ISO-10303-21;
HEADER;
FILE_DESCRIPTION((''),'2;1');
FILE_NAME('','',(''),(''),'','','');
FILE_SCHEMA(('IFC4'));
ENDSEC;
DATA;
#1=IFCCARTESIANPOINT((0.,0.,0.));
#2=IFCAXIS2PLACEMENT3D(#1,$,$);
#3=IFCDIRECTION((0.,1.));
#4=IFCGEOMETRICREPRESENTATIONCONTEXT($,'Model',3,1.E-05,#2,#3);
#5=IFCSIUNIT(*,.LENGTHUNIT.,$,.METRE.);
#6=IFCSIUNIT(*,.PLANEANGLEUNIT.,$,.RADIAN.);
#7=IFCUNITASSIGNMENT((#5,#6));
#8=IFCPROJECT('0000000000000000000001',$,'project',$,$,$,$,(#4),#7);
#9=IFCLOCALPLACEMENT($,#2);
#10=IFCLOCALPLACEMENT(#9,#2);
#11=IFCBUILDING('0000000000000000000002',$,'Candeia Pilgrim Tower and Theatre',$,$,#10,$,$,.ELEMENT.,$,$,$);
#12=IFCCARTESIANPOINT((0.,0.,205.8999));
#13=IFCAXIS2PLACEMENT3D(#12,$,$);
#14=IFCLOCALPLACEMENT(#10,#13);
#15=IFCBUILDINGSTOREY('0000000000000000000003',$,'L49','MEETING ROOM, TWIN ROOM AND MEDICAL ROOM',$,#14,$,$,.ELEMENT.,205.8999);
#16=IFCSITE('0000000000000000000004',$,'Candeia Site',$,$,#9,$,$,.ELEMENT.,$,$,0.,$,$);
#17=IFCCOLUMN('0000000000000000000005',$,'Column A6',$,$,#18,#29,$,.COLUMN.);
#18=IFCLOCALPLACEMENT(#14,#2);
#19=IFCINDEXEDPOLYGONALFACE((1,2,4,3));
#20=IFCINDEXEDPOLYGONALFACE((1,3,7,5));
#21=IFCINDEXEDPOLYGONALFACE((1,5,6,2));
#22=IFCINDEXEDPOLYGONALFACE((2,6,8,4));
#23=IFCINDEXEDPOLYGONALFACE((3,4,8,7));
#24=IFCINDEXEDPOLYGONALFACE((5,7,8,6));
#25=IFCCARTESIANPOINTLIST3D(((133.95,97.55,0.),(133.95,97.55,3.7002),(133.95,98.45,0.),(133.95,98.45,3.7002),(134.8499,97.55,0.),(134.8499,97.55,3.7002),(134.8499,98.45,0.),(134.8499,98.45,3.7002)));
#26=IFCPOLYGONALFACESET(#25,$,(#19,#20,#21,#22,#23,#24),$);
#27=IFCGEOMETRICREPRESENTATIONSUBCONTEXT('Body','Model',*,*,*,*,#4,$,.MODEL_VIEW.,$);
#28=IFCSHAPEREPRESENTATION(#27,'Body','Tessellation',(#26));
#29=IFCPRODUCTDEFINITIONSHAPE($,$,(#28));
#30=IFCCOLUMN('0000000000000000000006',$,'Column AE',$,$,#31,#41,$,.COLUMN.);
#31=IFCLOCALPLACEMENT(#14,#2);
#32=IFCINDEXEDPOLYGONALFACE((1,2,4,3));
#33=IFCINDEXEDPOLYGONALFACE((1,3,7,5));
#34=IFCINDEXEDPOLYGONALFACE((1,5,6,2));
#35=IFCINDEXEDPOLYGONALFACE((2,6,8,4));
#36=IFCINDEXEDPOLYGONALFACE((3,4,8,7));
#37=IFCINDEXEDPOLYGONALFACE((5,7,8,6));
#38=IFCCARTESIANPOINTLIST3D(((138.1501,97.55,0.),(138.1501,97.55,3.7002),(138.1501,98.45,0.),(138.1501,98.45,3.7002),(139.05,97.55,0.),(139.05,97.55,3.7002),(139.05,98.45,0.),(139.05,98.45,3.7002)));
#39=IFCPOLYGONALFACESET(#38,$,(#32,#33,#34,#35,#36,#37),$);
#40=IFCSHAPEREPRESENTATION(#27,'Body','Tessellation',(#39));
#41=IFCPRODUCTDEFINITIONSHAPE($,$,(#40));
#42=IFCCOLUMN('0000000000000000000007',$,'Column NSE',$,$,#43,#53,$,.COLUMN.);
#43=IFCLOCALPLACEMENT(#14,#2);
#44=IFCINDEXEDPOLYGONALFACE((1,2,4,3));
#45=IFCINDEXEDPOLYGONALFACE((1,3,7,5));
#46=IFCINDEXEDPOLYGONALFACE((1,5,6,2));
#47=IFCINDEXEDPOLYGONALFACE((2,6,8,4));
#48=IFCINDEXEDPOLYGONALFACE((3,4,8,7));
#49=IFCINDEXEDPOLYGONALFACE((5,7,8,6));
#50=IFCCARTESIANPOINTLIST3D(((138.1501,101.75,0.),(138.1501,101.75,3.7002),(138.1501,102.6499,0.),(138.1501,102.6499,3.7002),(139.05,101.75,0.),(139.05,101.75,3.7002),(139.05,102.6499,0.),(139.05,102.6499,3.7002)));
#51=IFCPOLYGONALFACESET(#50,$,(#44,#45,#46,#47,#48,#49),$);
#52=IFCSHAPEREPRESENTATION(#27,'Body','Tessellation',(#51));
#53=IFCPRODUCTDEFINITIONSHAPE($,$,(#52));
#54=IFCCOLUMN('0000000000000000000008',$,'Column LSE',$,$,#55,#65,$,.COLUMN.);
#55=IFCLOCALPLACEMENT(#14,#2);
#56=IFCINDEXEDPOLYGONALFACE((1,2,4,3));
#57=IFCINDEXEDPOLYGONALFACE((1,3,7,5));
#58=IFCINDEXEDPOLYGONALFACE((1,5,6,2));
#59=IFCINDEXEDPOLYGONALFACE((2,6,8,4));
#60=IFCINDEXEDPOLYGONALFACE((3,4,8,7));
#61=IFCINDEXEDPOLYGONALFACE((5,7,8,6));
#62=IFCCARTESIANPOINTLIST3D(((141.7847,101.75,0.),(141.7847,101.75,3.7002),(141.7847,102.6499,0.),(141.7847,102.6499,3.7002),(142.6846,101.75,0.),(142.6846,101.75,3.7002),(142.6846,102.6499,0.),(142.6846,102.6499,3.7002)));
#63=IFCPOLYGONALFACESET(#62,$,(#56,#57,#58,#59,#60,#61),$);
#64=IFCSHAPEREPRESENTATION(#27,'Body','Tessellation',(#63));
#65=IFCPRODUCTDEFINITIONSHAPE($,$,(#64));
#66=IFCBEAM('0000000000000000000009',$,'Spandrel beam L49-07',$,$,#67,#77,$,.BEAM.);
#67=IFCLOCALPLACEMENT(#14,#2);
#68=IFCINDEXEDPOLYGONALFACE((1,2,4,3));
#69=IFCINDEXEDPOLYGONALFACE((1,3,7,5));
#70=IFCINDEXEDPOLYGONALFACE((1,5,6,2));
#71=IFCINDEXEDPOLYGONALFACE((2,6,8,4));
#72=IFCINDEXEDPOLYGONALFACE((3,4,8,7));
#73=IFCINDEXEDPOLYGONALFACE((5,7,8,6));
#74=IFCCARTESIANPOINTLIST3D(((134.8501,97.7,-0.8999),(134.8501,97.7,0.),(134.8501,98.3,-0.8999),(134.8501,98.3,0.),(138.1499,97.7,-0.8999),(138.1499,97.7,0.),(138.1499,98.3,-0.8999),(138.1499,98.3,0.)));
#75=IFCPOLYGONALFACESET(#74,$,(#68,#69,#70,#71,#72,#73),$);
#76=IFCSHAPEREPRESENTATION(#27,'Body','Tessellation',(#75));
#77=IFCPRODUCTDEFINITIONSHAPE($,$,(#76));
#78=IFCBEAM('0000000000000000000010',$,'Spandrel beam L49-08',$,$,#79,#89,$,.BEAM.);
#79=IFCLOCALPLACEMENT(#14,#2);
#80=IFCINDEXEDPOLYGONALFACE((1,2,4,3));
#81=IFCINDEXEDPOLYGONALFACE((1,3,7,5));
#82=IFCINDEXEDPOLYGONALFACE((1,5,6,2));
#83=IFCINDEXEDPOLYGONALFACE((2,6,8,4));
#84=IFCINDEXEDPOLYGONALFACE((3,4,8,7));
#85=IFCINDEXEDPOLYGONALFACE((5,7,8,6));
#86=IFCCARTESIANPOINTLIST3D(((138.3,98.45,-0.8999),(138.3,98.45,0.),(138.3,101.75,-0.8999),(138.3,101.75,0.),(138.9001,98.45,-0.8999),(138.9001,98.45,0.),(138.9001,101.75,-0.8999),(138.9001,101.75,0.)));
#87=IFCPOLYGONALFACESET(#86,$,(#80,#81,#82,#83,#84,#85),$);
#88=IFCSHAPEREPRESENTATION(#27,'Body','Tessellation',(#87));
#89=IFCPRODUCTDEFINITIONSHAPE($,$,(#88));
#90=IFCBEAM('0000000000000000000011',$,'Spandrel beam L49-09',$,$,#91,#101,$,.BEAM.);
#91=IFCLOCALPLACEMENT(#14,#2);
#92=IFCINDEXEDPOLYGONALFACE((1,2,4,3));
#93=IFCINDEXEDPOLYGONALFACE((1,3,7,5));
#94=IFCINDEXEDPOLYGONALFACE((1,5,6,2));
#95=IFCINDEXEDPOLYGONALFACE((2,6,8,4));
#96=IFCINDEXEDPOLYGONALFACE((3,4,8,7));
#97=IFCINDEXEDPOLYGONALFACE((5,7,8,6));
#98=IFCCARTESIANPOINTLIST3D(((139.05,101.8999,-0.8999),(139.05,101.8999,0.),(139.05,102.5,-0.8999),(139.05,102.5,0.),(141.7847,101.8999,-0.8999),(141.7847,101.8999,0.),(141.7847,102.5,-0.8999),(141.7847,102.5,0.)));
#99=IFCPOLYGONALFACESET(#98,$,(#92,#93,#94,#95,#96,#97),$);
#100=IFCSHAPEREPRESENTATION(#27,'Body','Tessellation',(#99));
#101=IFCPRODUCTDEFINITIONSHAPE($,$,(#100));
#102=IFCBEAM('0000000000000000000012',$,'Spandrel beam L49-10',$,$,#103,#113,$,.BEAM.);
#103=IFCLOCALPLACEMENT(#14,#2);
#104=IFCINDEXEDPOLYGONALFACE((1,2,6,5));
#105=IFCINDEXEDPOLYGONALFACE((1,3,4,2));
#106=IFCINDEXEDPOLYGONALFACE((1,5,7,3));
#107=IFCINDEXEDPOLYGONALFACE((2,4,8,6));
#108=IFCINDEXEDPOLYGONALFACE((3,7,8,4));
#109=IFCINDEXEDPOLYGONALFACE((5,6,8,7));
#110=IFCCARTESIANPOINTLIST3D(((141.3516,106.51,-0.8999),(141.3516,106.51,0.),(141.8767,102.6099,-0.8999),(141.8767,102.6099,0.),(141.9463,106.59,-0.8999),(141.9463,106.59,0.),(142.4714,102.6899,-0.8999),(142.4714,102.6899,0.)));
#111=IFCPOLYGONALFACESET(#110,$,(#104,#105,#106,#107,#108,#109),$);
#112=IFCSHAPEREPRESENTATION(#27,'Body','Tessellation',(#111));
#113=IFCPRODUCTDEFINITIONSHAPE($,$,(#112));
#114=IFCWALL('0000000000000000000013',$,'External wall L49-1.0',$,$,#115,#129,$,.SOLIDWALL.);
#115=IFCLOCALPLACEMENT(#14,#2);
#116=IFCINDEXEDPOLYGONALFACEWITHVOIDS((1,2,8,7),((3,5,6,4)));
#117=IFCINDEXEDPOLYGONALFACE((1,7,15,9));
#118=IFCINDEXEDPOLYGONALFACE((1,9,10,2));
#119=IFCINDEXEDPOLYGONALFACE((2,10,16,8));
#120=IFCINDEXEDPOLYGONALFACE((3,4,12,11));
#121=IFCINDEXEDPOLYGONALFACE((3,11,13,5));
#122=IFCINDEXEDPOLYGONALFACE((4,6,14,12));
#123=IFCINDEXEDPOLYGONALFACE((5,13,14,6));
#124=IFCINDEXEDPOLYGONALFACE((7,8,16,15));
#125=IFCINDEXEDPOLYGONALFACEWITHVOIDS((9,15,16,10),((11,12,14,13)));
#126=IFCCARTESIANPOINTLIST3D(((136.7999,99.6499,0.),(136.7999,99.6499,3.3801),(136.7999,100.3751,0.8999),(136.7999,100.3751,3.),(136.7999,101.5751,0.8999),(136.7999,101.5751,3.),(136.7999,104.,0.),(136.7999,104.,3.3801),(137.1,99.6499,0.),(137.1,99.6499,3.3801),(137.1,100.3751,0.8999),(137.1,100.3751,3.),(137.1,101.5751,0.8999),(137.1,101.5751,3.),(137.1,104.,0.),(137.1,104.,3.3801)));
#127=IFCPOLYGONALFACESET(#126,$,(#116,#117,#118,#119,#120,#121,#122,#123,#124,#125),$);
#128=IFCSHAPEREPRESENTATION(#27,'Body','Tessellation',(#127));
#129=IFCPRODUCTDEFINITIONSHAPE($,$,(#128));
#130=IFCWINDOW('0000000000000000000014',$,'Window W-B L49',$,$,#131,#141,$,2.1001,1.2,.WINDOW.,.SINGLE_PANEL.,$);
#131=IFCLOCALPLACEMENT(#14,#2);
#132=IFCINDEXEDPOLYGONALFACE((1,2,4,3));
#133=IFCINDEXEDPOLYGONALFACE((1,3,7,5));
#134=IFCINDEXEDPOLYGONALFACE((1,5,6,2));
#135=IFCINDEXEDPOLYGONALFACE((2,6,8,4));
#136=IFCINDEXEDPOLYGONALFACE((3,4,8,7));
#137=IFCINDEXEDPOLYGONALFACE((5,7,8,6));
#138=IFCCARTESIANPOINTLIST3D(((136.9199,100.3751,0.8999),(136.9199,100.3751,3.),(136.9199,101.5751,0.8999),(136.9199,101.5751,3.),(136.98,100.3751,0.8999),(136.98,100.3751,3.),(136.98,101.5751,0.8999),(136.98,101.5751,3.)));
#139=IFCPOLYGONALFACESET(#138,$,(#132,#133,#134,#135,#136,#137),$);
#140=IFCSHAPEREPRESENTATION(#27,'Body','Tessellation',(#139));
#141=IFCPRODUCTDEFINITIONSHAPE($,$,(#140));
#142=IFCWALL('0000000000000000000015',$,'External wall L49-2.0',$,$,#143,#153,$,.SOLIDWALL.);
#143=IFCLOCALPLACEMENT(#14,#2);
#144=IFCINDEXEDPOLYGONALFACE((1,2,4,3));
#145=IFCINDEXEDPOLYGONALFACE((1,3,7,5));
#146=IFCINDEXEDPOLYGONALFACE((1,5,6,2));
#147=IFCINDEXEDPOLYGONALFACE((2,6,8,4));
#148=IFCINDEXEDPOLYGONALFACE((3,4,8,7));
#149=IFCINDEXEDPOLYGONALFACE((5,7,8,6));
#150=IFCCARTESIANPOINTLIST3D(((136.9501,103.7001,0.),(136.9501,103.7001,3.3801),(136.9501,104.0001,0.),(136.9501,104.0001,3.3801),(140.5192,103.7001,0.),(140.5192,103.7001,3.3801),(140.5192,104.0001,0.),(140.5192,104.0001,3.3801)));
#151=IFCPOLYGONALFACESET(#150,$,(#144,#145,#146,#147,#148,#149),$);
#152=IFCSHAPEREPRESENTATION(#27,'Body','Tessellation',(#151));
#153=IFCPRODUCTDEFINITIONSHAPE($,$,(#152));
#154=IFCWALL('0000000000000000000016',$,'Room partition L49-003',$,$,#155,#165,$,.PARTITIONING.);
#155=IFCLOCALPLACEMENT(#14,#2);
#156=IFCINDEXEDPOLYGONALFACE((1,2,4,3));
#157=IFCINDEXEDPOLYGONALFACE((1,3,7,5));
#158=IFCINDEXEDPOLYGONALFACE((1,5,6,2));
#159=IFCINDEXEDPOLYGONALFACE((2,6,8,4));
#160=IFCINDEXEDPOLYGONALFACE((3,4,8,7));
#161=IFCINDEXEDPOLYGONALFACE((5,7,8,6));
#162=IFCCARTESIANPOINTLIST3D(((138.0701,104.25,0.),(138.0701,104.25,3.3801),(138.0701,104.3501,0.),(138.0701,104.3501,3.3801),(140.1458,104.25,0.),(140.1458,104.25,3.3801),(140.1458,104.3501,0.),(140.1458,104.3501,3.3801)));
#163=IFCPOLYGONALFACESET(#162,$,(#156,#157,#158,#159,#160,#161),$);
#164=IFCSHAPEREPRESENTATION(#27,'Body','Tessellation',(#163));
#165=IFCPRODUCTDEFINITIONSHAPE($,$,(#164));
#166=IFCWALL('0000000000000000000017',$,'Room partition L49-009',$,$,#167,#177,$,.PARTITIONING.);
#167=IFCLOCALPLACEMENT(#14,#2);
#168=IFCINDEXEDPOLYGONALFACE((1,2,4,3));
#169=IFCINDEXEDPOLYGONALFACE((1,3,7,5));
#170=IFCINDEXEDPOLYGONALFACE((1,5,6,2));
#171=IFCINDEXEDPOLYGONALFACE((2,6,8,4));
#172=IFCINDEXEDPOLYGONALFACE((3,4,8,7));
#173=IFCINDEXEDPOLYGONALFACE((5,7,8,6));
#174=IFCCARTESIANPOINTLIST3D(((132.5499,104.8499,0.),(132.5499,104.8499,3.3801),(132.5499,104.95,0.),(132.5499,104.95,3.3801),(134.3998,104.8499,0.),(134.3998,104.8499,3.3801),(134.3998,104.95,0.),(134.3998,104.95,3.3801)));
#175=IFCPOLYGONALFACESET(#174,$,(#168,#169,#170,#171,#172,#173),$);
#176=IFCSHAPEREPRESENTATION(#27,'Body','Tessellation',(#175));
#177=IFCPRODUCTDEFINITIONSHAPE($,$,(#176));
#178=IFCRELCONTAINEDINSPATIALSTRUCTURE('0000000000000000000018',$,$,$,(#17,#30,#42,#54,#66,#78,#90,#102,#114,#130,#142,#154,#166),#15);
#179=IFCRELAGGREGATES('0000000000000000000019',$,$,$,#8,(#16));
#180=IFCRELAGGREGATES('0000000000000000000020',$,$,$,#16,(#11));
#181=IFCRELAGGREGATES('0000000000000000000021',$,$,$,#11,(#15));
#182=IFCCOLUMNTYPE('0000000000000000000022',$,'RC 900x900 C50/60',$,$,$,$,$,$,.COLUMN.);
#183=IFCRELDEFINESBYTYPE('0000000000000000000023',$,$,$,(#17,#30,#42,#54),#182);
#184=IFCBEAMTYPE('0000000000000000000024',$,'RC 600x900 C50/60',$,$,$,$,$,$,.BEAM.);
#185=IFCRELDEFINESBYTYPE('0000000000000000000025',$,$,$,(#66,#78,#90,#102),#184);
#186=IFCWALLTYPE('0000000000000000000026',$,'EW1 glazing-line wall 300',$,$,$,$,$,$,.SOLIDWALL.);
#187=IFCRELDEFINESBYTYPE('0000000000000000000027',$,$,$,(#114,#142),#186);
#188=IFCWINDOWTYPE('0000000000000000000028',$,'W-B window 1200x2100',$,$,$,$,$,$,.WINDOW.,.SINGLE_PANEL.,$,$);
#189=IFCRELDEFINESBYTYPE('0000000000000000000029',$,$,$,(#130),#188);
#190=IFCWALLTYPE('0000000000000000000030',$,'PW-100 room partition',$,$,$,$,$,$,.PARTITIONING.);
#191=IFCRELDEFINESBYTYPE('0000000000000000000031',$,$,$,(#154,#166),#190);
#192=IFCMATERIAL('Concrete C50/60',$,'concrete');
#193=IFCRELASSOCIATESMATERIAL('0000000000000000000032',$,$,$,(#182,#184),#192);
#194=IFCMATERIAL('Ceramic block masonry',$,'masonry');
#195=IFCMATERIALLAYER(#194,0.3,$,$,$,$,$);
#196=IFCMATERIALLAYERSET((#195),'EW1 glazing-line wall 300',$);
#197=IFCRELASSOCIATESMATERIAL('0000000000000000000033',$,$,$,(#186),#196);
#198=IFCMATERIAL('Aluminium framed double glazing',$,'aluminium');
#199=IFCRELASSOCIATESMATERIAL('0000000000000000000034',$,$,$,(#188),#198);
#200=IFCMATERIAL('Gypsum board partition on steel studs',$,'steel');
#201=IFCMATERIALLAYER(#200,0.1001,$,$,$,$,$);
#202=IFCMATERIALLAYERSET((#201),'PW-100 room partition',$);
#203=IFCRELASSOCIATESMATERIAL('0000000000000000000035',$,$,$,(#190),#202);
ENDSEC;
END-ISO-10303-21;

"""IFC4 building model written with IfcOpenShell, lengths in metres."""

from ifc_helpers import new_model, si_unit, direction, frame, frame_2d, origin, origin_2d, place, context, subcontext, project, spatial, rectangle, extrude, material, layer, layer_set, material_profile, profile_set, type_object, element, fill, save


model = new_model("IFC4")

# Units and contexts
model_context = context("Model", 3, precision=1e-05, world=origin(), true_north=direction((0.0, 1.0)))
body_context = subcontext(model_context, "Body", "Model", "MODEL_VIEW")
ifc_project = project(units=[si_unit("LENGTHUNIT", "METRE"), si_unit("PLANEANGLEUNIT", "RADIAN")], contexts=[model_context])

# Site, building, storey
site_placement = place(None, origin())
site = spatial("IfcSite", under=ifc_project, at=site_placement, Name="Candeia Site", CompositionType="ELEMENT", RefElevation=0.0)
building_placement = place(site_placement, origin())
building = spatial("IfcBuilding", under=site, at=building_placement, Name="Candeia Pilgrim Tower and Theatre", CompositionType="ELEMENT")
storey_placement = place(building_placement, frame((0.0, 0.0, 205.8999)))
storey = spatial("IfcBuildingStorey", under=building, at=storey_placement, Name="L49", Description="MEETING ROOM, TWIN ROOM AND MEDICAL ROOM", CompositionType="ELEMENT", Elevation=205.8999)

# Columns
ifc_material_1 = material(Name="Concrete C50/60", Category="concrete")
ifc_material_profile_1 = material_profile(ifc_material_1, rectangle(XDim=0.8999, YDim=0.8999, at=origin_2d()))
ifc_profile_set_1 = profile_set([ifc_material_profile_1], Name="Concrete C50/60")
column_type = type_object("IfcColumnType", Name="RC 900x900 C50/60", PredefinedType="COLUMN", material=ifc_profile_set_1)
for number, where, z_axis, x_axis, name in (
    (1, (134.3999, 98.0, 0.0), (0.0, 0.0, 1.0), (1.0, 0.0, 0.0), "Column A6"),
    (2, (138.6001, 98.0, 0.0), (0.0, 0.0, 1.0), (1.0, 0.0, 0.0), "Column AE"),
    (3, (138.6001, 102.2, 0.0), (0.0, 0.0, 1.0), (1.0, 0.0, 0.0), "Column NSE"),
    (4, (142.2346, 102.2, 0.0), (0.0, 0.0, 1.0), (1.0, 0.0, 0.0), "Column LSE"),
):
    element("IfcColumn", number, at=place(storey_placement, frame(where, z_axis=z_axis, x_axis=x_axis)), inside=storey, type_object=column_type, Name=name, PredefinedType="COLUMN", context=body_context, shape_type="SweptSolid", body=[
        extrude(rectangle(XDim=0.8999, YDim=0.8999, at=origin_2d()), origin(), (0.0, 0.0, 1.0), 3.7002),
    ])

# Beams
ifc_material_profile_2 = material_profile(ifc_material_1, rectangle(XDim=0.6001, YDim=0.8999, at=origin_2d()))
ifc_profile_set_2 = profile_set([ifc_material_profile_2], Name="Concrete C50/60")
beam_type = type_object("IfcBeamType", Name="RC 600x900 C50/60", PredefinedType="BEAM", material=ifc_profile_set_2)
beam_1_placement = place(storey_placement, frame((134.8501, 98.0, -0.45), z_axis=(1.0, 0.0, 0.0), x_axis=(0.0, 1.0, 0.0)))
element("IfcBeam", 5, at=beam_1_placement, inside=storey, type_object=beam_type, Name="Spandrel beam L49-07", PredefinedType="BEAM", context=body_context, shape_type="SweptSolid", body=[
    extrude(rectangle(XDim=0.6001, YDim=0.8999, at=origin_2d()), origin(), (0.0, 0.0, 1.0), 3.2998),
])
beam_2_placement = place(storey_placement, frame((138.6001, 98.45, -0.45), z_axis=(0.0, 1.0, 0.0), x_axis=(-1.0, 0.0, 0.0)))
element("IfcBeam", 6, at=beam_2_placement, inside=storey, type_object=beam_type, Name="Spandrel beam L49-08", PredefinedType="BEAM", context=body_context, shape_type="SweptSolid", body=[
    extrude(rectangle(XDim=0.6001, YDim=0.8999, at=origin_2d()), origin(), (0.0, 0.0, 1.0), 3.3),
])
beam_3_placement = place(storey_placement, frame((139.05, 102.2, -0.45), z_axis=(1.0, 0.0, 0.0), x_axis=(0.0, 1.0, 0.0)))
element("IfcBeam", 7, at=beam_3_placement, inside=storey, type_object=beam_type, Name="Spandrel beam L49-09", PredefinedType="BEAM", context=body_context, shape_type="SweptSolid", body=[
    extrude(rectangle(XDim=0.6001, YDim=0.8999, at=origin_2d()), origin(), (0.0, 0.0, 1.0), 2.7346),
])
beam_4_placement = place(storey_placement, frame((142.1741, 102.6499, -0.45), z_axis=(-0.133444, 0.991056, 0.0), x_axis=(-0.991056, -0.133444, 0.0)))
element("IfcBeam", 8, at=beam_4_placement, inside=storey, type_object=beam_type, Name="Spandrel beam L49-10", PredefinedType="BEAM", context=body_context, shape_type="SweptSolid", body=[
    extrude(rectangle(XDim=0.6001, YDim=0.8999, at=origin_2d()), origin(), (0.0, 0.0, 1.0), 3.9353),
])

# Wall, opening, window
ifc_material_2 = material(Name="Ceramic block masonry", Category="masonry")
ifc_layer_1 = layer(ifc_material_2, 0.3)
ifc_layer_set_1 = layer_set([ifc_layer_1], Name="EW1 glazing-line wall 300")
wall_type_1 = type_object("IfcWallType", Name="EW1 glazing-line wall 300", PredefinedType="SOLIDWALL", material=ifc_layer_set_1)
wall_1_placement = place(storey_placement, frame((136.95, 99.6499, 0.0), z_axis=(0.0, 0.0, 1.0), x_axis=(0.0, 1.0, 0.0)))
wall_1 = element("IfcWall", 9, at=wall_1_placement, inside=storey, type_object=wall_type_1, Name="External wall L49-1.0", PredefinedType="SOLIDWALL", context=body_context, shape_type="SweptSolid", body=[
    extrude(rectangle(XDim=4.3501, YDim=0.3, at=frame_2d((2.175, 0.0))), origin(), (0.0, 0.0, 1.0), 3.3801),
])
opening_1_placement = place(wall_1_placement, frame((0.7251, 0.0, 0.8999)))
opening_1 = element("IfcOpeningElement", 10, at=opening_1_placement, cuts=wall_1, PredefinedType="OPENING", context=body_context, shape_type="SweptSolid", body=[
    extrude(rectangle(XDim=1.2, YDim=2.1001, at=frame_2d((0.6001, 1.05))), frame((0.0, 0.1602, 0.0), z_axis=(0.0, -1.0, 0.0), x_axis=(1.0, 0.0, 0.0)), (0.0, 0.0, 1.0), 0.3201),
])
ifc_material_3 = material(Name="Aluminium framed double glazing", Category="aluminium")
window_type = type_object("IfcWindowType", Name="W-B window 1200x2100", PartitioningType="SINGLE_PANEL", PredefinedType="WINDOW", material=ifc_material_3)
window_1_placement = place(opening_1_placement, origin())
window_1 = element("IfcWindow", 11, at=window_1_placement, inside=storey, type_object=window_type, Name="Window W-B L49", OverallHeight=2.1001, OverallWidth=1.2, PartitioningType="SINGLE_PANEL", PredefinedType="WINDOW", context=body_context, shape_type="SweptSolid", body=[
    extrude(rectangle(XDim=1.2, YDim=2.1001, at=frame_2d((0.6001, 1.05))), frame((0.0, 0.03, 0.0), z_axis=(0.0, -1.0, 0.0), x_axis=(1.0, 0.0, 0.0)), (0.0, 0.0, 1.0), 0.0601),
])
fill(opening_1, window_1)

# Wall
wall_2_placement = place(storey_placement, frame((136.95, 103.8501, 0.0), z_axis=(0.0, 0.0, 1.0), x_axis=(1.0, 0.0, 0.0)))
element("IfcWall", 12, at=wall_2_placement, inside=storey, type_object=wall_type_1, Name="External wall L49-2.0", PredefinedType="SOLIDWALL", context=body_context, shape_type="SweptSolid", body=[
    extrude(rectangle(XDim=3.5691, YDim=0.3, at=frame_2d((1.7847, 0.0))), origin(), (0.0, 0.0, 1.0), 3.3801),
])

# Walls
ifc_material_4 = material(Name="Gypsum board partition on steel studs", Category="steel")
ifc_layer_2 = layer(ifc_material_4, 0.1001)
ifc_layer_set_2 = layer_set([ifc_layer_2], Name="PW-100 room partition")
wall_type_2 = type_object("IfcWallType", Name="PW-100 room partition", PredefinedType="PARTITIONING", material=ifc_layer_set_2)
wall_3_placement = place(storey_placement, frame((138.0701, 104.3, 0.0), z_axis=(0.0, 0.0, 1.0), x_axis=(1.0, 0.0, 0.0)))
element("IfcWall", 13, at=wall_3_placement, inside=storey, type_object=wall_type_2, Name="Room partition L49-003", PredefinedType="PARTITIONING", context=body_context, shape_type="SweptSolid", body=[
    extrude(rectangle(XDim=2.0757, YDim=0.1001, at=frame_2d((1.0378, 0.0))), origin(), (0.0, 0.0, 1.0), 3.3801),
])
wall_4_placement = place(storey_placement, frame((132.55, 104.8999, 0.0), z_axis=(0.0, 0.0, 1.0), x_axis=(1.0, 0.0, 0.0)))
element("IfcWall", 14, at=wall_4_placement, inside=storey, type_object=wall_type_2, Name="Room partition L49-009", PredefinedType="PARTITIONING", context=body_context, shape_type="SweptSolid", body=[
    extrude(rectangle(XDim=1.8499, YDim=0.1001, at=frame_2d((0.9248, 0.0))), origin(), (0.0, 0.0, 1.0), 3.3801),
])

save(model, "model.ifc")
